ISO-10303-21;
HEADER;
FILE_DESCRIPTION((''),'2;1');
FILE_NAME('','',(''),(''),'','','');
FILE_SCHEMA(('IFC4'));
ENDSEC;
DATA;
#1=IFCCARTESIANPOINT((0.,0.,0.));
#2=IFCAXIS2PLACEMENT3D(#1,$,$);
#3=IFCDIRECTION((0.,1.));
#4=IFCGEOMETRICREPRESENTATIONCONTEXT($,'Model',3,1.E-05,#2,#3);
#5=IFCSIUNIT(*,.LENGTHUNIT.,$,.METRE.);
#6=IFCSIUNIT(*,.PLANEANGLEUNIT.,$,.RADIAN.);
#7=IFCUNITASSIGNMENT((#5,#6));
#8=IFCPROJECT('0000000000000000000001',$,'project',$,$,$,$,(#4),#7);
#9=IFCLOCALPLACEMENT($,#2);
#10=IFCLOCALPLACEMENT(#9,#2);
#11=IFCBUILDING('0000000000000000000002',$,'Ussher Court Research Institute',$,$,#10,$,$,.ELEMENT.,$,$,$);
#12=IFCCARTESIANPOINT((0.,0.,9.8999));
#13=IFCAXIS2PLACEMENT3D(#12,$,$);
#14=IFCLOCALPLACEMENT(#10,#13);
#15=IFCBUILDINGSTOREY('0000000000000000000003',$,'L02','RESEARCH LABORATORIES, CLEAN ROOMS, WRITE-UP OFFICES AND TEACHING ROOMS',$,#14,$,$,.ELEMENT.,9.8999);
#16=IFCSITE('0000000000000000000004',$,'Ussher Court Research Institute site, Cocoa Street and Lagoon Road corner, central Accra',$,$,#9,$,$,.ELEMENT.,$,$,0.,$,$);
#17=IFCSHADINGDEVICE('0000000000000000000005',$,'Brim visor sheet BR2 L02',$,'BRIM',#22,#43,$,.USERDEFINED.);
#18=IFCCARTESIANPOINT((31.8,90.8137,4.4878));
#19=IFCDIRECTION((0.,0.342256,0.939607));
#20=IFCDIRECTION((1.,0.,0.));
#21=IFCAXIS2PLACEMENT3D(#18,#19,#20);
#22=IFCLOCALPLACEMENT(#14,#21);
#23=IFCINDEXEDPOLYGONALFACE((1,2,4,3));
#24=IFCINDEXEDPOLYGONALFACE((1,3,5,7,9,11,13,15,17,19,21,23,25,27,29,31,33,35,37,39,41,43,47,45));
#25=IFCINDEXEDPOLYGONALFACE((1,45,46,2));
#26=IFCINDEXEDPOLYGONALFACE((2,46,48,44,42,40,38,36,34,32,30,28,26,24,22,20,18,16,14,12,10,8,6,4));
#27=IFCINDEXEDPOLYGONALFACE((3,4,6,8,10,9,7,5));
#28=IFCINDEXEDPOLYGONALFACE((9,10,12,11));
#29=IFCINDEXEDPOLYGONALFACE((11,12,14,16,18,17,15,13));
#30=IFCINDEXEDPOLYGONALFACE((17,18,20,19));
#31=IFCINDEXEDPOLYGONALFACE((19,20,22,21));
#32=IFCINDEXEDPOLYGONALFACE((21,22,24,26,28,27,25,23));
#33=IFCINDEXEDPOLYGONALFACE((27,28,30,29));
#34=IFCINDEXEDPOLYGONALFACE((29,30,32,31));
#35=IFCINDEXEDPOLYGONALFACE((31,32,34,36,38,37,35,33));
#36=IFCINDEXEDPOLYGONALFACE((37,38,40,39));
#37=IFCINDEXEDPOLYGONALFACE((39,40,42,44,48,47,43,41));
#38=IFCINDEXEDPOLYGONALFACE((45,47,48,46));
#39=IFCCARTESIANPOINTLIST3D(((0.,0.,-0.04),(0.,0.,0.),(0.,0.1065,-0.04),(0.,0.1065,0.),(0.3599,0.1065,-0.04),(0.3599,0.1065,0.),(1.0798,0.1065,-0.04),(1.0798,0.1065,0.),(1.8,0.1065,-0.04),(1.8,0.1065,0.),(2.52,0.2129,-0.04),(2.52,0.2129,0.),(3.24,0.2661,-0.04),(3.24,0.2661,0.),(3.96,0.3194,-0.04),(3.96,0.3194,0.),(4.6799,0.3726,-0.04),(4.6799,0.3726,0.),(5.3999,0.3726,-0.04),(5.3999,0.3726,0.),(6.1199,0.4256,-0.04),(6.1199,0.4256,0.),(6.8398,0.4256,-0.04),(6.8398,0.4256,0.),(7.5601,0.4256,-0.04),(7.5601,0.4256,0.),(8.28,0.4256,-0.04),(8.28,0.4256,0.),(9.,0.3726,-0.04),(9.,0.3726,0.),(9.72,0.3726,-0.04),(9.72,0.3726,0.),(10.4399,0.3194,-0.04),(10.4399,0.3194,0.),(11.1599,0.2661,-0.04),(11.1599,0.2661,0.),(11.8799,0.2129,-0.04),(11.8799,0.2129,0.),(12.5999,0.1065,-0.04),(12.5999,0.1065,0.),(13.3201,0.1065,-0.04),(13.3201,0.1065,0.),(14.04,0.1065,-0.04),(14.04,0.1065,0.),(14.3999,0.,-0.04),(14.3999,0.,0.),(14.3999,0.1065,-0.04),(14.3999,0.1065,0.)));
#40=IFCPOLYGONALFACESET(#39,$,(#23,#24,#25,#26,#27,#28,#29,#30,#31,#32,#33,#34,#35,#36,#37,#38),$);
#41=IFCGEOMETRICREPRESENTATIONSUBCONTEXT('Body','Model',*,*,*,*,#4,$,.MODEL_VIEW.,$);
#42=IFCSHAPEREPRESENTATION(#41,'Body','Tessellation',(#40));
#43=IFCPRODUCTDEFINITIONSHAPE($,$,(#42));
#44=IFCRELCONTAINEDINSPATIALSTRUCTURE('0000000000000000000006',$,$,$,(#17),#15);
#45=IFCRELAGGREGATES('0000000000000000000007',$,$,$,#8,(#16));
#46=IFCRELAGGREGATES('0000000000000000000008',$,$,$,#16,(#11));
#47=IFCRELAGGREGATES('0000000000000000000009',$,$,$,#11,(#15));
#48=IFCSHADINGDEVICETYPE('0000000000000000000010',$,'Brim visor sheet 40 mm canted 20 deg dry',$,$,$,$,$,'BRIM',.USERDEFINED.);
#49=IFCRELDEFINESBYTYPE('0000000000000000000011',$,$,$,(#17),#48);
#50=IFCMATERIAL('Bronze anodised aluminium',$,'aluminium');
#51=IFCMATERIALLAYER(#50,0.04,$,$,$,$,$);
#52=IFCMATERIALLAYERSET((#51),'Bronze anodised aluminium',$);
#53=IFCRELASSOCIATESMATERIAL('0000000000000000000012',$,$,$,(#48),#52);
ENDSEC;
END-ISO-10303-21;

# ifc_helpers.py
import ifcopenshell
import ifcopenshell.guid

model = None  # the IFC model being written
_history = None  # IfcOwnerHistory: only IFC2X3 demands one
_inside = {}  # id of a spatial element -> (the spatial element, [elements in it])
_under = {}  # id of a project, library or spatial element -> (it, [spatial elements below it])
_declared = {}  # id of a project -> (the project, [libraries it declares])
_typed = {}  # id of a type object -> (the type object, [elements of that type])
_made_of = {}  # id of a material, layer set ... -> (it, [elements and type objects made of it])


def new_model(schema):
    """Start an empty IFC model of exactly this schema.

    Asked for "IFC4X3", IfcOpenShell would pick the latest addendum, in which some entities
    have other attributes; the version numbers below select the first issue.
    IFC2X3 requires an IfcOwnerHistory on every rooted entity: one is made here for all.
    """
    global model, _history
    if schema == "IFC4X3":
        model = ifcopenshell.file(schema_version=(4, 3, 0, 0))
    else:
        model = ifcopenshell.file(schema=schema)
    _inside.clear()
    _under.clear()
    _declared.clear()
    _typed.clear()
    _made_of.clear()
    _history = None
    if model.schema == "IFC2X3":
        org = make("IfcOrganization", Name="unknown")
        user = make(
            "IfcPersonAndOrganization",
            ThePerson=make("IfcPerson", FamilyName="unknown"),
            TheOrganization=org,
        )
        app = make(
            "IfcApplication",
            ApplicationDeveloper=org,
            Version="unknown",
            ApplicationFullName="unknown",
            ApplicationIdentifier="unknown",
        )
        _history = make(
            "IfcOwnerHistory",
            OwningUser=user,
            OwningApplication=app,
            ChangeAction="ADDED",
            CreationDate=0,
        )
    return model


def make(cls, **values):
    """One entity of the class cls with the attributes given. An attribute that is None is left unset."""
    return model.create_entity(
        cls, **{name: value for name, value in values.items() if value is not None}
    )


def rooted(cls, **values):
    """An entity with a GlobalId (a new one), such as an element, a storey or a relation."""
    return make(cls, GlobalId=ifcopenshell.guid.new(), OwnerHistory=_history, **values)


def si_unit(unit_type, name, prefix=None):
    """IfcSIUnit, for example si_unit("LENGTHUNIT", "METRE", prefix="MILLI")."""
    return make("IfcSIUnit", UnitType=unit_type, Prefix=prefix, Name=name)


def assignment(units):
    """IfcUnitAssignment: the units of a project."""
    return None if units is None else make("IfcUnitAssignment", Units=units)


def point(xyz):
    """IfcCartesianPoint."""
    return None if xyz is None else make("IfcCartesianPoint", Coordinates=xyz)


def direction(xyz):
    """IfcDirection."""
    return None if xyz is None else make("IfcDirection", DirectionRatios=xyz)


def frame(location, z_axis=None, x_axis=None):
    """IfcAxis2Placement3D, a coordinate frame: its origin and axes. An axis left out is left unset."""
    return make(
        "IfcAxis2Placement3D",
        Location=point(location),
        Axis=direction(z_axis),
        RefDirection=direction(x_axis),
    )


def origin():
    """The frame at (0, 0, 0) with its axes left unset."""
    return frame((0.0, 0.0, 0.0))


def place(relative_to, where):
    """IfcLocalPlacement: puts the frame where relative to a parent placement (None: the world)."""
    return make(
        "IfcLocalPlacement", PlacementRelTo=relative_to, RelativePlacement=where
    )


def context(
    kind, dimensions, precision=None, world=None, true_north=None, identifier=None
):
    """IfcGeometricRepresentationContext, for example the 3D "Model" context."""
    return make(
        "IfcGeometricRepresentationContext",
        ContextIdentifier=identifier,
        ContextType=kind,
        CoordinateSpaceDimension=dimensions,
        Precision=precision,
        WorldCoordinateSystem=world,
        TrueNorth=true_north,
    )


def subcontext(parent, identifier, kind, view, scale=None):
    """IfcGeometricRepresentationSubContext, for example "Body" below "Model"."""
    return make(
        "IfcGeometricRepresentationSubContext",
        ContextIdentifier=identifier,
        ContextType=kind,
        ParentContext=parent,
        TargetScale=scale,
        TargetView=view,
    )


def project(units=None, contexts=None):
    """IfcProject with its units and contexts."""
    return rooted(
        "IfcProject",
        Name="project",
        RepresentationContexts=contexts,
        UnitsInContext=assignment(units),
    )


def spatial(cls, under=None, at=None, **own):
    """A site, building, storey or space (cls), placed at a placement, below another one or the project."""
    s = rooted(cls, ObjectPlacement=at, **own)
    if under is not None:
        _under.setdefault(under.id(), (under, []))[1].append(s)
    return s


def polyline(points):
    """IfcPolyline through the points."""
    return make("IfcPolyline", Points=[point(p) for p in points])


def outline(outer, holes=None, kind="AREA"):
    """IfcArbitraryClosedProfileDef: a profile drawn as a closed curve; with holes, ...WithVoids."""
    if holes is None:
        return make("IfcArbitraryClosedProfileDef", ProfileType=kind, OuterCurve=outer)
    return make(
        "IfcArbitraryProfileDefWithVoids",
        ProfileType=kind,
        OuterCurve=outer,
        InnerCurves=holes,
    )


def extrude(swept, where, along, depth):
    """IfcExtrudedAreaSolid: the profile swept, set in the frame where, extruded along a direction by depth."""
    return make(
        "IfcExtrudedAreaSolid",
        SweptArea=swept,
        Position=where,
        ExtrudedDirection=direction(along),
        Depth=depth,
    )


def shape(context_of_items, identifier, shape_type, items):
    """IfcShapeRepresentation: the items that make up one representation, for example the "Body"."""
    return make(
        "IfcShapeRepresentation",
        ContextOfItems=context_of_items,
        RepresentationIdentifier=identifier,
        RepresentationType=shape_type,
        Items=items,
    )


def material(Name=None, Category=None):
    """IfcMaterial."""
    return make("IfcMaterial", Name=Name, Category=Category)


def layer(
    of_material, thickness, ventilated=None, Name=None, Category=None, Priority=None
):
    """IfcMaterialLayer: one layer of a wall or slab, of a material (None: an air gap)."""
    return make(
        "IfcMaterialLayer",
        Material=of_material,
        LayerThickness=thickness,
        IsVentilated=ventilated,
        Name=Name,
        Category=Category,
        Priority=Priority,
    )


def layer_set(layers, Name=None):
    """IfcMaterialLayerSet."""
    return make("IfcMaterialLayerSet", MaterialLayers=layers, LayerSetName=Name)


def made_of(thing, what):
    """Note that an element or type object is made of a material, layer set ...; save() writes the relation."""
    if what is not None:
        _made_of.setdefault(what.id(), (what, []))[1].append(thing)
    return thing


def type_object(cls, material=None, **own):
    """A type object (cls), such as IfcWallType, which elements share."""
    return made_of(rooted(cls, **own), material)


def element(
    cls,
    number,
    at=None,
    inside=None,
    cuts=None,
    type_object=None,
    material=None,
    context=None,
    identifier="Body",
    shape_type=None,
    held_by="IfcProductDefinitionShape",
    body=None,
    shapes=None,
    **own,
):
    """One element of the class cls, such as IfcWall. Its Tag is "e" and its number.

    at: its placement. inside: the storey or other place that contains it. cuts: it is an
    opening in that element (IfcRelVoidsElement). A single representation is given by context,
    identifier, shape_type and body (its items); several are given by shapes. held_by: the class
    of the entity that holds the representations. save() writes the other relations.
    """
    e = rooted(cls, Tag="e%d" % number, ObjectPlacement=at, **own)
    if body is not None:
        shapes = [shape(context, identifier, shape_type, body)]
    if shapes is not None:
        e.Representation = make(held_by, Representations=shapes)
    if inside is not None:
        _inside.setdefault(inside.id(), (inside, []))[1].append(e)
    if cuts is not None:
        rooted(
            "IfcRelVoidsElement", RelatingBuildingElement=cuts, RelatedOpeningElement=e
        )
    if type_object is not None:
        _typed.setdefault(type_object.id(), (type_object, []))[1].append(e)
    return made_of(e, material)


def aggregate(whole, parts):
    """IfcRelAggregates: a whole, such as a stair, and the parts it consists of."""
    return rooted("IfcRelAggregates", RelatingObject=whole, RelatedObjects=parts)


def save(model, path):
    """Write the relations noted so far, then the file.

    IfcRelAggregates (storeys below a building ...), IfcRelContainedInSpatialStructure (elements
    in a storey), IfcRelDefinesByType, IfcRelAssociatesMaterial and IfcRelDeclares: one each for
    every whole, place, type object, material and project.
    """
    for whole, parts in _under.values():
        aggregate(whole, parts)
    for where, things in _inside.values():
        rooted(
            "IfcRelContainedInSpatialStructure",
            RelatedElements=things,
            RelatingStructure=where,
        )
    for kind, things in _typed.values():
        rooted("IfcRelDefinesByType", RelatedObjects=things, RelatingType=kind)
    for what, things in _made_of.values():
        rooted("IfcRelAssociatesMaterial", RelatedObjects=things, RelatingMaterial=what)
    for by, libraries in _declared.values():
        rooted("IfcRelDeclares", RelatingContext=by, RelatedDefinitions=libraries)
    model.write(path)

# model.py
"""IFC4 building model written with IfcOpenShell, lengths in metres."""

from ifc_helpers import new_model, si_unit, direction, frame, origin, place, context, subcontext, project, spatial, polyline, outline, extrude, material, layer, layer_set, type_object, element, save


model = new_model("IFC4")

# Units and contexts
model_context = context("Model", 3, precision=1e-05, world=origin(), true_north=direction((0.0, 1.0)))
body_context = subcontext(model_context, "Body", "Model", "MODEL_VIEW")
ifc_project = project(units=[si_unit("LENGTHUNIT", "METRE"), si_unit("PLANEANGLEUNIT", "RADIAN")], contexts=[model_context])

# Site, building, storey
site_placement = place(None, origin())
site = spatial("IfcSite", under=ifc_project, at=site_placement, Name="Ussher Court Research Institute site, Cocoa Street and Lagoon Road corner, central Accra", CompositionType="ELEMENT", RefElevation=0.0)
building_placement = place(site_placement, origin())
building = spatial("IfcBuilding", under=site, at=building_placement, Name="Ussher Court Research Institute", CompositionType="ELEMENT")
storey_placement = place(building_placement, frame((0.0, 0.0, 9.8999)))
storey = spatial("IfcBuildingStorey", under=building, at=storey_placement, Name="L02", Description="RESEARCH LABORATORIES, CLEAN ROOMS, WRITE-UP OFFICES AND TEACHING ROOMS", CompositionType="ELEMENT", Elevation=9.8999)

# Shading device
ifc_material_1 = material(Name="Bronze anodised aluminium", Category="aluminium")
ifc_layer_1 = layer(ifc_material_1, 0.04)
ifc_layer_set_1 = layer_set([ifc_layer_1], Name="Bronze anodised aluminium")
shading_device_type_1 = type_object("IfcShadingDeviceType", Name="Brim visor sheet 40 mm canted 20 deg dry", ElementType="BRIM", PredefinedType="USERDEFINED", material=ifc_layer_set_1)
shading_device_placement = place(storey_placement, frame((31.8, 90.8137, 4.4878), z_axis=(0.0, 0.342256, 0.939607), x_axis=(1.0, 0.0, 0.0)))
element("IfcShadingDevice", 1, at=shading_device_placement, inside=storey, type_object=shading_device_type_1, Name="Brim visor sheet BR2 L02", ObjectType="BRIM", PredefinedType="USERDEFINED", context=body_context, shape_type="SweptSolid", body=[
    extrude(outline(polyline([(0.0, 0.0), (14.3999, 0.0), (14.3999, 0.1065), (14.04, 0.1065), (13.3201, 0.1065), (12.5999, 0.1065), (11.8799, 0.2129), (11.1599, 0.2661), (10.4399, 0.3194), (9.72, 0.3726), (9.0, 0.3726), (8.28, 0.4256), (7.5601, 0.4256), (6.8398, 0.4256), (6.1199, 0.4256), (5.3999, 0.3726), (4.6799, 0.3726), (3.96, 0.3194), (3.24, 0.2661), (2.52, 0.2129), (1.8, 0.1065), (1.0798, 0.1065), (0.3599, 0.1065), (0.0, 0.1065), (0.0, 0.0)])), origin(), (0.0, 0.0, -1.0), 0.04),
])

save(model, "model.ifc")
